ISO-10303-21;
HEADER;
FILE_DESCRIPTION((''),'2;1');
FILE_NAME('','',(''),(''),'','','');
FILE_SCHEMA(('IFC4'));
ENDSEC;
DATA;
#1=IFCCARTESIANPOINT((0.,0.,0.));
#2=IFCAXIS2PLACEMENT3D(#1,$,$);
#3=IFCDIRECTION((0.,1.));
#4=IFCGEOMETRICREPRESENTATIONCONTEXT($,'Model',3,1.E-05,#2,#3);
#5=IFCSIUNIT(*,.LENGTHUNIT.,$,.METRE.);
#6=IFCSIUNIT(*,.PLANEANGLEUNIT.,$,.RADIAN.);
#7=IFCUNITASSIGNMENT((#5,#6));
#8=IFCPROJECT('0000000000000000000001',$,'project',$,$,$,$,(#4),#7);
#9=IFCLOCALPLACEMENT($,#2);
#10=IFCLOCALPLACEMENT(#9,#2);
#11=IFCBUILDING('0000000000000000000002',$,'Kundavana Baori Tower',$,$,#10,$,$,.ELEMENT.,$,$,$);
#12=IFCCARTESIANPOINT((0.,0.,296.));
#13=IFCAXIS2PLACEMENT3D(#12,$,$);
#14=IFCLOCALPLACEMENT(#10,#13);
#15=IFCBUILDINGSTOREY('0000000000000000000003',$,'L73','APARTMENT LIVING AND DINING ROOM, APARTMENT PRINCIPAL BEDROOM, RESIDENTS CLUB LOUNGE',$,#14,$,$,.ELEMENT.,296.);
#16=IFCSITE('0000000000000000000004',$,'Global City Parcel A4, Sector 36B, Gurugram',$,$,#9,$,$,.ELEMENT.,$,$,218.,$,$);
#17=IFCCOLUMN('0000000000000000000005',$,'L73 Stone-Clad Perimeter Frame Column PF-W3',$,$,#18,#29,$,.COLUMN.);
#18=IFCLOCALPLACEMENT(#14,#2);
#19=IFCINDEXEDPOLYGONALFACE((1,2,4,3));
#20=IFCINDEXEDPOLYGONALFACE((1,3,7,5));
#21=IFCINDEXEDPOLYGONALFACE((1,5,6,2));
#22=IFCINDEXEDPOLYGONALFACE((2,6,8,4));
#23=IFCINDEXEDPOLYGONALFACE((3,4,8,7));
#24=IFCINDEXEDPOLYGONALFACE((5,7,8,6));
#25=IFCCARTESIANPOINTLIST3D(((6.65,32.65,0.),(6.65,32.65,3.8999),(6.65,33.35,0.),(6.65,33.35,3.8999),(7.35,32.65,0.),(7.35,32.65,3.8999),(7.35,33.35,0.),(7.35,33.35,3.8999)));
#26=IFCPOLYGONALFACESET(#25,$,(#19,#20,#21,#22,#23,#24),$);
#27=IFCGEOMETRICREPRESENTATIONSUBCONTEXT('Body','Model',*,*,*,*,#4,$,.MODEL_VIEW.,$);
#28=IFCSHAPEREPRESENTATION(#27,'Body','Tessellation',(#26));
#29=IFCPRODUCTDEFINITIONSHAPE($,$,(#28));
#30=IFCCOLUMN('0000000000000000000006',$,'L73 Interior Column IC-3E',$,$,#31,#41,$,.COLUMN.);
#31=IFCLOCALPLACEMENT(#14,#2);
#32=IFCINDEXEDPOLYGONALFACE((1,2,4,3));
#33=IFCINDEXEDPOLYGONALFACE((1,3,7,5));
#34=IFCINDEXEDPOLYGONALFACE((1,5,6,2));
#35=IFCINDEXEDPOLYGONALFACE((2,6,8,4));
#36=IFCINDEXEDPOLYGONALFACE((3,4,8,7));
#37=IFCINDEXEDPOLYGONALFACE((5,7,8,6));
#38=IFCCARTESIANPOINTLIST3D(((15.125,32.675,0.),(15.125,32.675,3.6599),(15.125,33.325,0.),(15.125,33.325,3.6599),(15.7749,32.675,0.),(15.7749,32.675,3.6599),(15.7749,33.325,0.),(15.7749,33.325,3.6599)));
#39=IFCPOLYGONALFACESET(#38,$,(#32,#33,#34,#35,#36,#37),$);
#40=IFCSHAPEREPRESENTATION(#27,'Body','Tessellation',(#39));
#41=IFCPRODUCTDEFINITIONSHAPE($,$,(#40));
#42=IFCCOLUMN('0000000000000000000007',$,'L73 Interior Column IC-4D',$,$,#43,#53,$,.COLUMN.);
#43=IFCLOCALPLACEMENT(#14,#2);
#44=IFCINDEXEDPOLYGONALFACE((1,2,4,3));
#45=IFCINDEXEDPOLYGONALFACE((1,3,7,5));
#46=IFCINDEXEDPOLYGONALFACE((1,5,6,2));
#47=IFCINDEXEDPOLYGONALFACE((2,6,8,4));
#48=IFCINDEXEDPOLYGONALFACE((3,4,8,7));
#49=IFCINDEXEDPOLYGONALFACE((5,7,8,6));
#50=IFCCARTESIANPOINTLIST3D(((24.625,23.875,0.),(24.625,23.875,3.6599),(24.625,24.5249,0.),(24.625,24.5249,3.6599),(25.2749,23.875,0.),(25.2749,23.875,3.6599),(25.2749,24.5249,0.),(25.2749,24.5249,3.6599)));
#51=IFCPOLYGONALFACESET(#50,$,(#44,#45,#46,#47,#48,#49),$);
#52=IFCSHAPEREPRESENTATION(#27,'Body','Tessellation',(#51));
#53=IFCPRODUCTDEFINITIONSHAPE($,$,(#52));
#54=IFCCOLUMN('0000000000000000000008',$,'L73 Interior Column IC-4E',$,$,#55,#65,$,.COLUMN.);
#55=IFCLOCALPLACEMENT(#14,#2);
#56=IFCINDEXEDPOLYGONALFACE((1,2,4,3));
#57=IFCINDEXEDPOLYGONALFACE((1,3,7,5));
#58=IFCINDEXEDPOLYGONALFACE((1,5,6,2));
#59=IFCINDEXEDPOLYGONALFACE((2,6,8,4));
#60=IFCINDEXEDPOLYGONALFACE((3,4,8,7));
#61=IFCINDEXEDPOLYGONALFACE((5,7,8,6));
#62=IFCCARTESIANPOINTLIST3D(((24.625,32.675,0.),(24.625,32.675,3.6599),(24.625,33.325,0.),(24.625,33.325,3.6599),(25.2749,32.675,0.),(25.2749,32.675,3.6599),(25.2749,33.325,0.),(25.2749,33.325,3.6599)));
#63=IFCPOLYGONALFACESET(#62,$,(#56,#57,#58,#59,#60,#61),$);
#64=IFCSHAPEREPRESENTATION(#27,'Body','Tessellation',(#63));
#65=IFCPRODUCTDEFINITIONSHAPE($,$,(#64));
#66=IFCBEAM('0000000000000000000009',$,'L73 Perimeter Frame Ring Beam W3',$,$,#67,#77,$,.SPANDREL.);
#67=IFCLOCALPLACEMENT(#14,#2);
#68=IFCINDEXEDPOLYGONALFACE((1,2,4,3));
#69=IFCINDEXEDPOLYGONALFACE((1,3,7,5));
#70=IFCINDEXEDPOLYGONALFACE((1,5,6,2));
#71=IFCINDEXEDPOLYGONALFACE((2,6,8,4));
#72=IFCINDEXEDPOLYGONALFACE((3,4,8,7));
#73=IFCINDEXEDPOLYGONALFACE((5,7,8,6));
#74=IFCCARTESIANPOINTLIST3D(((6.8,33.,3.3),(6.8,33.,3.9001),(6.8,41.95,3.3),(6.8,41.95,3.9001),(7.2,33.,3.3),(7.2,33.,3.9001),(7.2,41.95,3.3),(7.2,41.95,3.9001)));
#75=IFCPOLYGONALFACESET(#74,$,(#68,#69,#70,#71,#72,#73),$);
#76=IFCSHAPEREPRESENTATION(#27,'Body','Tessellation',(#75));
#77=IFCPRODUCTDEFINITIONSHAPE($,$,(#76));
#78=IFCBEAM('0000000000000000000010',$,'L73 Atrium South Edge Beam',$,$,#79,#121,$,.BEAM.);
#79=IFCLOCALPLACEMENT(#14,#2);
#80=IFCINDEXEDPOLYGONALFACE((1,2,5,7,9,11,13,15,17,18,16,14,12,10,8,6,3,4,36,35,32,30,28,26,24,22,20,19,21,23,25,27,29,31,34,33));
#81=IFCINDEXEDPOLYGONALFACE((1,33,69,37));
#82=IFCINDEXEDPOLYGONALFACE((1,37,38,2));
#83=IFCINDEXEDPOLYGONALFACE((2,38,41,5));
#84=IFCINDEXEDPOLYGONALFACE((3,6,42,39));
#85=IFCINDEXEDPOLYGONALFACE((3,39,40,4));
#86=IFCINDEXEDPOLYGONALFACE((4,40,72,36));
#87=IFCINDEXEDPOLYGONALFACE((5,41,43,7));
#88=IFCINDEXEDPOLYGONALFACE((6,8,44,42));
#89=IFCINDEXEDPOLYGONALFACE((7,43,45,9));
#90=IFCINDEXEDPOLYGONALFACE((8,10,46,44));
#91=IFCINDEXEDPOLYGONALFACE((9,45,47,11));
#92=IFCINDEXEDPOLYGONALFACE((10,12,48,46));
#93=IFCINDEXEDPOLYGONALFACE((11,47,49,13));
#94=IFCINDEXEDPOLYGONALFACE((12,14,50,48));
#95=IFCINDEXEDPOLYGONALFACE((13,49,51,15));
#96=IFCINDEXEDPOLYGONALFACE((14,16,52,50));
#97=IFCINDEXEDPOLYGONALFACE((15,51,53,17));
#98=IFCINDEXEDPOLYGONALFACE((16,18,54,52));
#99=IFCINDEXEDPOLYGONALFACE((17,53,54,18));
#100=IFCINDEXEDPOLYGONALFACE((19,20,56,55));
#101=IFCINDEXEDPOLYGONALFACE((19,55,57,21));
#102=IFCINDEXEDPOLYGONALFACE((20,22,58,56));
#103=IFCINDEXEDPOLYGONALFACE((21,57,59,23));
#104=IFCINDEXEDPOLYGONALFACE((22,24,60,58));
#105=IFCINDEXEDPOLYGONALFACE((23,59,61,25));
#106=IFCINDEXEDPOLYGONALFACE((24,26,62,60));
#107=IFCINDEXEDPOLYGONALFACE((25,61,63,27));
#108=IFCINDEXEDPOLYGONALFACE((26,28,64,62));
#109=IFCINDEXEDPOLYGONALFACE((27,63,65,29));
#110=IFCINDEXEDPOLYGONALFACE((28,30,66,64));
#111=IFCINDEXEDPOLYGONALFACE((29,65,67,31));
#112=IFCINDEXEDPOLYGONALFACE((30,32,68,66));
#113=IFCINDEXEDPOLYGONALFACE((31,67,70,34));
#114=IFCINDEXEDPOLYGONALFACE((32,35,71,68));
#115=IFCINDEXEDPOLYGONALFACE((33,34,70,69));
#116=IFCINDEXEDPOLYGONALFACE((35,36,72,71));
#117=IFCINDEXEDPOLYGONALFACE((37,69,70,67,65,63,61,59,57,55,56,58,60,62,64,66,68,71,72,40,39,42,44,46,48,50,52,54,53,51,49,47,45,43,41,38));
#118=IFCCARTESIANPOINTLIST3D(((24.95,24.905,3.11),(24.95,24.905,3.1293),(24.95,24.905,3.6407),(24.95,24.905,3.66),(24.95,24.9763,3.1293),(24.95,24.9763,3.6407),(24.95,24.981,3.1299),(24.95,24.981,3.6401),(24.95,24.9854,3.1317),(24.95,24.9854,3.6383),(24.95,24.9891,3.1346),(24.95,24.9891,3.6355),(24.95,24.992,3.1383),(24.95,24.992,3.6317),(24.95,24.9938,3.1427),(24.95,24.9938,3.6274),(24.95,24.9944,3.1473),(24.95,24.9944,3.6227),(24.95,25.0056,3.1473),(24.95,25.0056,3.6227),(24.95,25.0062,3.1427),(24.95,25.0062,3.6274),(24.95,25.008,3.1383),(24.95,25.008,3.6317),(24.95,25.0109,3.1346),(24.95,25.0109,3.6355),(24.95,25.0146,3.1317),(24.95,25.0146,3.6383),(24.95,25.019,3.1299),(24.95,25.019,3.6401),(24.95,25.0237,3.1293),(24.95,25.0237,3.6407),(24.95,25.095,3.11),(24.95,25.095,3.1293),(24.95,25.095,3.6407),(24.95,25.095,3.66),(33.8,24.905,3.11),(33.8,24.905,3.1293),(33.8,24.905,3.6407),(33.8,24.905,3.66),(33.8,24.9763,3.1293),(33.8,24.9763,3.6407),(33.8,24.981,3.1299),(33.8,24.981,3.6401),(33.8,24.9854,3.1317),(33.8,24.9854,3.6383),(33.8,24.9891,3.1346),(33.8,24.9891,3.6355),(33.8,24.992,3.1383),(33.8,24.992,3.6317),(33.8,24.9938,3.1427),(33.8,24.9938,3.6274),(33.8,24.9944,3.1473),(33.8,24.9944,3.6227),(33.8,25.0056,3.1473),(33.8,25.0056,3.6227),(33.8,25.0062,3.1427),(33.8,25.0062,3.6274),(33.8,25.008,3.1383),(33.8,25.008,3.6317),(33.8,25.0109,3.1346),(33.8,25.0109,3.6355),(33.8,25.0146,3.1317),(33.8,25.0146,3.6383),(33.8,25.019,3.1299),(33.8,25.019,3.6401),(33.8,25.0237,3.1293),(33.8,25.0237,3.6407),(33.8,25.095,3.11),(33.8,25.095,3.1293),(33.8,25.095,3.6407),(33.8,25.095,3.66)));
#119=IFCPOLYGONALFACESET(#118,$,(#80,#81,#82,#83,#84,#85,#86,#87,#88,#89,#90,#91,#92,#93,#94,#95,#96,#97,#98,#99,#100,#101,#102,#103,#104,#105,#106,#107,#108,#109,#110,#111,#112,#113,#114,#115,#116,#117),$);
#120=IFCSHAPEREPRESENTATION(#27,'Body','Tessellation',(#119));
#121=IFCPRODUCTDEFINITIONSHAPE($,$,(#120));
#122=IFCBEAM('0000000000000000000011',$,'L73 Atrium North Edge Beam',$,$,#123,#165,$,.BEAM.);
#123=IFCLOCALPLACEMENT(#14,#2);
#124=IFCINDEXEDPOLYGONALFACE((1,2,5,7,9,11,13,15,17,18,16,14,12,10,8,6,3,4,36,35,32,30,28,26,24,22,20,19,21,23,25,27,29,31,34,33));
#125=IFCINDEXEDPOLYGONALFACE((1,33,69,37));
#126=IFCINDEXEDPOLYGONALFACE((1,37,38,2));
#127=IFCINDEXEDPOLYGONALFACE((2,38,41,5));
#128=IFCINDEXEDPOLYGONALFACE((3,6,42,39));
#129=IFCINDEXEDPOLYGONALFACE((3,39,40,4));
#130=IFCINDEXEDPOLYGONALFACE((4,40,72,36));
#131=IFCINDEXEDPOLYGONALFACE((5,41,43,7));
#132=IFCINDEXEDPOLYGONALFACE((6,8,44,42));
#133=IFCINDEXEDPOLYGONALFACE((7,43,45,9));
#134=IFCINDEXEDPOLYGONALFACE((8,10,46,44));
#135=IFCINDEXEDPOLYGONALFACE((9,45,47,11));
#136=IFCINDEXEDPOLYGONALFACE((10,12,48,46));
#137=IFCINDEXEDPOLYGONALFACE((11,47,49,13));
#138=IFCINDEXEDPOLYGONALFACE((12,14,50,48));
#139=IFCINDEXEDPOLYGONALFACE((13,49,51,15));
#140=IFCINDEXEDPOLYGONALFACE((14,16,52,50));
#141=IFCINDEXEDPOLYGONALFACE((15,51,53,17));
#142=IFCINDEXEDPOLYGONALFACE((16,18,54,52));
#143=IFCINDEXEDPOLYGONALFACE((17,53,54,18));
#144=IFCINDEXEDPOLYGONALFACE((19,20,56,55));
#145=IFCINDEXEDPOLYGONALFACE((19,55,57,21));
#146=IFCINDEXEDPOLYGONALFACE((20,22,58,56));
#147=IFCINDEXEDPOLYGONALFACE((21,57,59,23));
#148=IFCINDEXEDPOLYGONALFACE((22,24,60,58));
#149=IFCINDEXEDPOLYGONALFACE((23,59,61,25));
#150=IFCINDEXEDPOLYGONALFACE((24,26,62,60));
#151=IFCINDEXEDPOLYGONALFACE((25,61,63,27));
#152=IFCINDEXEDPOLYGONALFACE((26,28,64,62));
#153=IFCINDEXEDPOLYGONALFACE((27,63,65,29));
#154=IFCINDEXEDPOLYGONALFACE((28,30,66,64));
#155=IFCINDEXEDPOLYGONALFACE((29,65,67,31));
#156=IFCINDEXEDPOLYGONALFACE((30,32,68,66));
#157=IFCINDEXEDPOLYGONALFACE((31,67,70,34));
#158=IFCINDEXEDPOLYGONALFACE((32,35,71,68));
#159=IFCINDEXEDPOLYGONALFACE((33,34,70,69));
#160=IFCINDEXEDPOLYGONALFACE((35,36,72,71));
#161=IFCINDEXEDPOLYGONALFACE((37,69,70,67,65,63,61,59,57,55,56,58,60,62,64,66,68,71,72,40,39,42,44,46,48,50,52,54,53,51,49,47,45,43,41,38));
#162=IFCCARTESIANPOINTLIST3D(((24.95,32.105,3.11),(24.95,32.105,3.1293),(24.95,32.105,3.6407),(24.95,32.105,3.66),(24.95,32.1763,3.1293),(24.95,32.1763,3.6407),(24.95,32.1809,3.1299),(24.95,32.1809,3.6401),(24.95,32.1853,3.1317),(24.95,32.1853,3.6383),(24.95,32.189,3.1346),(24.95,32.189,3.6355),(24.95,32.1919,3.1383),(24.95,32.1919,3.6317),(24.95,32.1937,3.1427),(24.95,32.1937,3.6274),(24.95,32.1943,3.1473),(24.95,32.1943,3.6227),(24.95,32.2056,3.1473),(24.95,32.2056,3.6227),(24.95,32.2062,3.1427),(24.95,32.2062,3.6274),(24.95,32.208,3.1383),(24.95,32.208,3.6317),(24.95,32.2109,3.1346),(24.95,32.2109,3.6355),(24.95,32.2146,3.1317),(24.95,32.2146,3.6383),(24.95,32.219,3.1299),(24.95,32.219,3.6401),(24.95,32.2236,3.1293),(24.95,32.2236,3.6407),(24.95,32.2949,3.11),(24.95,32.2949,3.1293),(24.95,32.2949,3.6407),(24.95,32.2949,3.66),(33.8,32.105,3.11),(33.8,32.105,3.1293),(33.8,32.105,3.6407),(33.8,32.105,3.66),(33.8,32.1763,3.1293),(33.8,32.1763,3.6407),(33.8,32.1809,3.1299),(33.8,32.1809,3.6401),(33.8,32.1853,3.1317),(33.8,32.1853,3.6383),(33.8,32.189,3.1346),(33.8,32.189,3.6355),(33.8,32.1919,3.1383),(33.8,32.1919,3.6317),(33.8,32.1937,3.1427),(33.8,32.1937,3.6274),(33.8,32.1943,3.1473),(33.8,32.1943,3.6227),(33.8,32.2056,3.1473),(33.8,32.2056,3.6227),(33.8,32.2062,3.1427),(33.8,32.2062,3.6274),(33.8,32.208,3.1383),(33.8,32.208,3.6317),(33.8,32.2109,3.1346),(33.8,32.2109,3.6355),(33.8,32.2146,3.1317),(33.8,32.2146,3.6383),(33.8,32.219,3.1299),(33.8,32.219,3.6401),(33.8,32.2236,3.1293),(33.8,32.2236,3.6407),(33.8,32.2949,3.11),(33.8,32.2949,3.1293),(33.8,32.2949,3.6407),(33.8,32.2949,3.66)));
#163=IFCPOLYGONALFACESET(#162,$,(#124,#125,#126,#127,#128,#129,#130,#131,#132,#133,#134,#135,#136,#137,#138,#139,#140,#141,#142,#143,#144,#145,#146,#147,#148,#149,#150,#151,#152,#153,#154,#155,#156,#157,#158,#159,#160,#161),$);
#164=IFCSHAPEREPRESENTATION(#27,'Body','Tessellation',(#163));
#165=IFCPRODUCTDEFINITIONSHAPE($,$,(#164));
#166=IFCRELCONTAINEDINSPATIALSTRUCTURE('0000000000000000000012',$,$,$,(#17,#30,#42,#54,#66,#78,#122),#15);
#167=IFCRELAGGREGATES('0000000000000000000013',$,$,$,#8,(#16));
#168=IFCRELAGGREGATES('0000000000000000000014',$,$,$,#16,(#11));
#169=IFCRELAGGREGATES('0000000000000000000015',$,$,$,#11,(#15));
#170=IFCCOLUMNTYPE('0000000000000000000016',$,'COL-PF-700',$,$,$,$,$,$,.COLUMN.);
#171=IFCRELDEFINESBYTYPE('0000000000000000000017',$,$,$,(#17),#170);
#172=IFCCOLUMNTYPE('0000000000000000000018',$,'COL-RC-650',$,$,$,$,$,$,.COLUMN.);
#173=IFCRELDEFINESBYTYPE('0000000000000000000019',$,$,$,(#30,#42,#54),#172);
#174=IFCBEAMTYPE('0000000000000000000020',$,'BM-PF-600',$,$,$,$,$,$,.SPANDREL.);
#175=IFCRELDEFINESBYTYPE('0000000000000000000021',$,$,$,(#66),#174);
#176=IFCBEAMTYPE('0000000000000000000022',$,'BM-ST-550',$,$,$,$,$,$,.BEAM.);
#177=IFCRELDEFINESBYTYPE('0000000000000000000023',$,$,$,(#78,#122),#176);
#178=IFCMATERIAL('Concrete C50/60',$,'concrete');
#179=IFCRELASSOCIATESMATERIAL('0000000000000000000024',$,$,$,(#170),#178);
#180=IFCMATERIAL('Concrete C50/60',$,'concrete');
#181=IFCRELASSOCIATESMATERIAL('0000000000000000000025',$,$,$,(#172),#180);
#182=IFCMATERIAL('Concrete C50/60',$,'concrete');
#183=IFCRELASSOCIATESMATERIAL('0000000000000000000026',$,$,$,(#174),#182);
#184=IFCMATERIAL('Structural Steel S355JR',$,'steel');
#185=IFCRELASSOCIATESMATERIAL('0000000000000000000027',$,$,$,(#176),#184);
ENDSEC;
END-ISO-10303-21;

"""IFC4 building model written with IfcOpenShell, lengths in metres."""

from ifc_helpers import new_model, si_unit, direction, frame, origin, origin_2d, place, context, subcontext, project, spatial, rectangle, i_section, extrude, material, material_profile, profile_set, type_object, element, save


model = new_model("IFC4")

# Units and contexts
model_context = context("Model", 3, precision=1e-05, world=origin(), true_north=direction((0.0, 1.0)))
body_context = subcontext(model_context, "Body", "Model", "MODEL_VIEW")
ifc_project = project(units=[si_unit("LENGTHUNIT", "METRE"), si_unit("PLANEANGLEUNIT", "RADIAN")], contexts=[model_context])

# Site, building, storey
site_placement = place(None, origin())
site = spatial("IfcSite", under=ifc_project, at=site_placement, Name="Global City Parcel A4, Sector 36B, Gurugram", CompositionType="ELEMENT", RefElevation=218.0)
building_placement = place(site_placement, origin())
building = spatial("IfcBuilding", under=site, at=building_placement, Name="Kundavana Baori Tower", CompositionType="ELEMENT")
storey_placement = place(building_placement, frame((0.0, 0.0, 296.0)))
storey = spatial("IfcBuildingStorey", under=building, at=storey_placement, Name="L73", Description="APARTMENT LIVING AND DINING ROOM, APARTMENT PRINCIPAL BEDROOM, RESIDENTS CLUB LOUNGE", CompositionType="ELEMENT", Elevation=296.0)

# Columns
ifc_material_1 = material(Name="Concrete C50/60", Category="concrete")
ifc_material_profile_1 = material_profile(ifc_material_1, rectangle(XDim=0.7, YDim=0.7, at=origin_2d()), Name="RC PF 700x700")
ifc_profile_set_1 = profile_set([ifc_material_profile_1], Name="Concrete C50/60")
column_type_1 = type_object("IfcColumnType", Name="COL-PF-700", PredefinedType="COLUMN", material=ifc_profile_set_1)
column_placement = place(storey_placement, frame((7.0, 33.0, 0.0), z_axis=(0.0, 0.0, 1.0), x_axis=(1.0, 0.0, 0.0)))
element("IfcColumn", 1, at=column_placement, inside=storey, type_object=column_type_1, Name="L73 Stone-Clad Perimeter Frame Column PF-W3", PredefinedType="COLUMN", context=body_context, shape_type="SweptSolid", body=[
    extrude(rectangle(XDim=0.7, YDim=0.7, at=origin_2d()), origin(), (0.0, 0.0, 1.0), 3.8999),
])
ifc_material_2 = material(Name="Concrete C50/60", Category="concrete")
ifc_material_profile_2 = material_profile(ifc_material_2, rectangle(XDim=0.6499, YDim=0.6499, at=origin_2d()), Name="RC 650x650")
ifc_profile_set_2 = profile_set([ifc_material_profile_2], Name="Concrete C50/60")
column_type_2 = type_object("IfcColumnType", Name="COL-RC-650", PredefinedType="COLUMN", material=ifc_profile_set_2)
for number, where, z_axis, x_axis, name in (
    (2, (15.45, 33.0, 0.0), (0.0, 0.0, 1.0), (1.0, 0.0, 0.0), "L73 Interior Column IC-3E"),
    (3, (24.95, 24.2, 0.0), (0.0, 0.0, 1.0), (1.0, 0.0, 0.0), "L73 Interior Column IC-4D"),
    (4, (24.95, 33.0, 0.0), (0.0, 0.0, 1.0), (1.0, 0.0, 0.0), "L73 Interior Column IC-4E"),
):
    element("IfcColumn", number, at=place(storey_placement, frame(where, z_axis=z_axis, x_axis=x_axis)), inside=storey, type_object=column_type_2, Name=name, PredefinedType="COLUMN", context=body_context, shape_type="SweptSolid", body=[
        extrude(rectangle(XDim=0.6499, YDim=0.6499, at=origin_2d()), origin(), (0.0, 0.0, 1.0), 3.6599),
    ])

# Beams
ifc_material_3 = material(Name="Concrete C50/60", Category="concrete")
ifc_material_profile_3 = material_profile(ifc_material_3, rectangle(XDim=0.3999, YDim=0.6001, at=origin_2d()), Name="RC BM 400x600")
ifc_profile_set_3 = profile_set([ifc_material_profile_3], Name="Concrete C50/60")
beam_type_1 = type_object("IfcBeamType", Name="BM-PF-600", PredefinedType="SPANDREL", material=ifc_profile_set_3)
beam_1_placement = place(storey_placement, frame((7.0, 33.0, 3.6001), z_axis=(0.0, 1.0, 0.0), x_axis=(-1.0, 0.0, 0.0)))
element("IfcBeam", 5, at=beam_1_placement, inside=storey, type_object=beam_type_1, Name="L73 Perimeter Frame Ring Beam W3", PredefinedType="SPANDREL", context=body_context, shape_type="SweptSolid", body=[
    extrude(rectangle(XDim=0.3999, YDim=0.6001, at=origin_2d()), origin(), (0.0, 0.0, 1.0), 8.95),
])
ifc_material_4 = material(Name="Structural Steel S355JR", Category="steel")
ifc_material_profile_4 = material_profile(ifc_material_4, i_section(OverallWidth=0.1899, OverallDepth=0.55, WebThickness=0.0112, FlangeThickness=0.0193, FilletRadius=0.0181, at=origin_2d()), Name="ISMB 550")
ifc_profile_set_4 = profile_set([ifc_material_profile_4], Name="Structural Steel S355JR")
beam_type_2 = type_object("IfcBeamType", Name="BM-ST-550", PredefinedType="BEAM", material=ifc_profile_set_4)
for number, where, z_axis, x_axis, name in (
    (6, (24.95, 25.0, 3.385), (1.0, 0.0, 0.0), (0.0, 1.0, 0.0), "L73 Atrium South Edge Beam"),
    (7, (24.95, 32.2, 3.385), (1.0, 0.0, 0.0), (0.0, 1.0, 0.0), "L73 Atrium North Edge Beam"),
):
    element("IfcBeam", number, at=place(storey_placement, frame(where, z_axis=z_axis, x_axis=x_axis)), inside=storey, type_object=beam_type_2, Name=name, PredefinedType="BEAM", context=body_context, shape_type="SweptSolid", body=[
        extrude(i_section(OverallWidth=0.1899, OverallDepth=0.55, WebThickness=0.0112, FlangeThickness=0.0193, FilletRadius=0.0181, at=origin_2d()), origin(), (0.0, 0.0, 1.0), 8.8501),
    ])

save(model, "model.ifc")
